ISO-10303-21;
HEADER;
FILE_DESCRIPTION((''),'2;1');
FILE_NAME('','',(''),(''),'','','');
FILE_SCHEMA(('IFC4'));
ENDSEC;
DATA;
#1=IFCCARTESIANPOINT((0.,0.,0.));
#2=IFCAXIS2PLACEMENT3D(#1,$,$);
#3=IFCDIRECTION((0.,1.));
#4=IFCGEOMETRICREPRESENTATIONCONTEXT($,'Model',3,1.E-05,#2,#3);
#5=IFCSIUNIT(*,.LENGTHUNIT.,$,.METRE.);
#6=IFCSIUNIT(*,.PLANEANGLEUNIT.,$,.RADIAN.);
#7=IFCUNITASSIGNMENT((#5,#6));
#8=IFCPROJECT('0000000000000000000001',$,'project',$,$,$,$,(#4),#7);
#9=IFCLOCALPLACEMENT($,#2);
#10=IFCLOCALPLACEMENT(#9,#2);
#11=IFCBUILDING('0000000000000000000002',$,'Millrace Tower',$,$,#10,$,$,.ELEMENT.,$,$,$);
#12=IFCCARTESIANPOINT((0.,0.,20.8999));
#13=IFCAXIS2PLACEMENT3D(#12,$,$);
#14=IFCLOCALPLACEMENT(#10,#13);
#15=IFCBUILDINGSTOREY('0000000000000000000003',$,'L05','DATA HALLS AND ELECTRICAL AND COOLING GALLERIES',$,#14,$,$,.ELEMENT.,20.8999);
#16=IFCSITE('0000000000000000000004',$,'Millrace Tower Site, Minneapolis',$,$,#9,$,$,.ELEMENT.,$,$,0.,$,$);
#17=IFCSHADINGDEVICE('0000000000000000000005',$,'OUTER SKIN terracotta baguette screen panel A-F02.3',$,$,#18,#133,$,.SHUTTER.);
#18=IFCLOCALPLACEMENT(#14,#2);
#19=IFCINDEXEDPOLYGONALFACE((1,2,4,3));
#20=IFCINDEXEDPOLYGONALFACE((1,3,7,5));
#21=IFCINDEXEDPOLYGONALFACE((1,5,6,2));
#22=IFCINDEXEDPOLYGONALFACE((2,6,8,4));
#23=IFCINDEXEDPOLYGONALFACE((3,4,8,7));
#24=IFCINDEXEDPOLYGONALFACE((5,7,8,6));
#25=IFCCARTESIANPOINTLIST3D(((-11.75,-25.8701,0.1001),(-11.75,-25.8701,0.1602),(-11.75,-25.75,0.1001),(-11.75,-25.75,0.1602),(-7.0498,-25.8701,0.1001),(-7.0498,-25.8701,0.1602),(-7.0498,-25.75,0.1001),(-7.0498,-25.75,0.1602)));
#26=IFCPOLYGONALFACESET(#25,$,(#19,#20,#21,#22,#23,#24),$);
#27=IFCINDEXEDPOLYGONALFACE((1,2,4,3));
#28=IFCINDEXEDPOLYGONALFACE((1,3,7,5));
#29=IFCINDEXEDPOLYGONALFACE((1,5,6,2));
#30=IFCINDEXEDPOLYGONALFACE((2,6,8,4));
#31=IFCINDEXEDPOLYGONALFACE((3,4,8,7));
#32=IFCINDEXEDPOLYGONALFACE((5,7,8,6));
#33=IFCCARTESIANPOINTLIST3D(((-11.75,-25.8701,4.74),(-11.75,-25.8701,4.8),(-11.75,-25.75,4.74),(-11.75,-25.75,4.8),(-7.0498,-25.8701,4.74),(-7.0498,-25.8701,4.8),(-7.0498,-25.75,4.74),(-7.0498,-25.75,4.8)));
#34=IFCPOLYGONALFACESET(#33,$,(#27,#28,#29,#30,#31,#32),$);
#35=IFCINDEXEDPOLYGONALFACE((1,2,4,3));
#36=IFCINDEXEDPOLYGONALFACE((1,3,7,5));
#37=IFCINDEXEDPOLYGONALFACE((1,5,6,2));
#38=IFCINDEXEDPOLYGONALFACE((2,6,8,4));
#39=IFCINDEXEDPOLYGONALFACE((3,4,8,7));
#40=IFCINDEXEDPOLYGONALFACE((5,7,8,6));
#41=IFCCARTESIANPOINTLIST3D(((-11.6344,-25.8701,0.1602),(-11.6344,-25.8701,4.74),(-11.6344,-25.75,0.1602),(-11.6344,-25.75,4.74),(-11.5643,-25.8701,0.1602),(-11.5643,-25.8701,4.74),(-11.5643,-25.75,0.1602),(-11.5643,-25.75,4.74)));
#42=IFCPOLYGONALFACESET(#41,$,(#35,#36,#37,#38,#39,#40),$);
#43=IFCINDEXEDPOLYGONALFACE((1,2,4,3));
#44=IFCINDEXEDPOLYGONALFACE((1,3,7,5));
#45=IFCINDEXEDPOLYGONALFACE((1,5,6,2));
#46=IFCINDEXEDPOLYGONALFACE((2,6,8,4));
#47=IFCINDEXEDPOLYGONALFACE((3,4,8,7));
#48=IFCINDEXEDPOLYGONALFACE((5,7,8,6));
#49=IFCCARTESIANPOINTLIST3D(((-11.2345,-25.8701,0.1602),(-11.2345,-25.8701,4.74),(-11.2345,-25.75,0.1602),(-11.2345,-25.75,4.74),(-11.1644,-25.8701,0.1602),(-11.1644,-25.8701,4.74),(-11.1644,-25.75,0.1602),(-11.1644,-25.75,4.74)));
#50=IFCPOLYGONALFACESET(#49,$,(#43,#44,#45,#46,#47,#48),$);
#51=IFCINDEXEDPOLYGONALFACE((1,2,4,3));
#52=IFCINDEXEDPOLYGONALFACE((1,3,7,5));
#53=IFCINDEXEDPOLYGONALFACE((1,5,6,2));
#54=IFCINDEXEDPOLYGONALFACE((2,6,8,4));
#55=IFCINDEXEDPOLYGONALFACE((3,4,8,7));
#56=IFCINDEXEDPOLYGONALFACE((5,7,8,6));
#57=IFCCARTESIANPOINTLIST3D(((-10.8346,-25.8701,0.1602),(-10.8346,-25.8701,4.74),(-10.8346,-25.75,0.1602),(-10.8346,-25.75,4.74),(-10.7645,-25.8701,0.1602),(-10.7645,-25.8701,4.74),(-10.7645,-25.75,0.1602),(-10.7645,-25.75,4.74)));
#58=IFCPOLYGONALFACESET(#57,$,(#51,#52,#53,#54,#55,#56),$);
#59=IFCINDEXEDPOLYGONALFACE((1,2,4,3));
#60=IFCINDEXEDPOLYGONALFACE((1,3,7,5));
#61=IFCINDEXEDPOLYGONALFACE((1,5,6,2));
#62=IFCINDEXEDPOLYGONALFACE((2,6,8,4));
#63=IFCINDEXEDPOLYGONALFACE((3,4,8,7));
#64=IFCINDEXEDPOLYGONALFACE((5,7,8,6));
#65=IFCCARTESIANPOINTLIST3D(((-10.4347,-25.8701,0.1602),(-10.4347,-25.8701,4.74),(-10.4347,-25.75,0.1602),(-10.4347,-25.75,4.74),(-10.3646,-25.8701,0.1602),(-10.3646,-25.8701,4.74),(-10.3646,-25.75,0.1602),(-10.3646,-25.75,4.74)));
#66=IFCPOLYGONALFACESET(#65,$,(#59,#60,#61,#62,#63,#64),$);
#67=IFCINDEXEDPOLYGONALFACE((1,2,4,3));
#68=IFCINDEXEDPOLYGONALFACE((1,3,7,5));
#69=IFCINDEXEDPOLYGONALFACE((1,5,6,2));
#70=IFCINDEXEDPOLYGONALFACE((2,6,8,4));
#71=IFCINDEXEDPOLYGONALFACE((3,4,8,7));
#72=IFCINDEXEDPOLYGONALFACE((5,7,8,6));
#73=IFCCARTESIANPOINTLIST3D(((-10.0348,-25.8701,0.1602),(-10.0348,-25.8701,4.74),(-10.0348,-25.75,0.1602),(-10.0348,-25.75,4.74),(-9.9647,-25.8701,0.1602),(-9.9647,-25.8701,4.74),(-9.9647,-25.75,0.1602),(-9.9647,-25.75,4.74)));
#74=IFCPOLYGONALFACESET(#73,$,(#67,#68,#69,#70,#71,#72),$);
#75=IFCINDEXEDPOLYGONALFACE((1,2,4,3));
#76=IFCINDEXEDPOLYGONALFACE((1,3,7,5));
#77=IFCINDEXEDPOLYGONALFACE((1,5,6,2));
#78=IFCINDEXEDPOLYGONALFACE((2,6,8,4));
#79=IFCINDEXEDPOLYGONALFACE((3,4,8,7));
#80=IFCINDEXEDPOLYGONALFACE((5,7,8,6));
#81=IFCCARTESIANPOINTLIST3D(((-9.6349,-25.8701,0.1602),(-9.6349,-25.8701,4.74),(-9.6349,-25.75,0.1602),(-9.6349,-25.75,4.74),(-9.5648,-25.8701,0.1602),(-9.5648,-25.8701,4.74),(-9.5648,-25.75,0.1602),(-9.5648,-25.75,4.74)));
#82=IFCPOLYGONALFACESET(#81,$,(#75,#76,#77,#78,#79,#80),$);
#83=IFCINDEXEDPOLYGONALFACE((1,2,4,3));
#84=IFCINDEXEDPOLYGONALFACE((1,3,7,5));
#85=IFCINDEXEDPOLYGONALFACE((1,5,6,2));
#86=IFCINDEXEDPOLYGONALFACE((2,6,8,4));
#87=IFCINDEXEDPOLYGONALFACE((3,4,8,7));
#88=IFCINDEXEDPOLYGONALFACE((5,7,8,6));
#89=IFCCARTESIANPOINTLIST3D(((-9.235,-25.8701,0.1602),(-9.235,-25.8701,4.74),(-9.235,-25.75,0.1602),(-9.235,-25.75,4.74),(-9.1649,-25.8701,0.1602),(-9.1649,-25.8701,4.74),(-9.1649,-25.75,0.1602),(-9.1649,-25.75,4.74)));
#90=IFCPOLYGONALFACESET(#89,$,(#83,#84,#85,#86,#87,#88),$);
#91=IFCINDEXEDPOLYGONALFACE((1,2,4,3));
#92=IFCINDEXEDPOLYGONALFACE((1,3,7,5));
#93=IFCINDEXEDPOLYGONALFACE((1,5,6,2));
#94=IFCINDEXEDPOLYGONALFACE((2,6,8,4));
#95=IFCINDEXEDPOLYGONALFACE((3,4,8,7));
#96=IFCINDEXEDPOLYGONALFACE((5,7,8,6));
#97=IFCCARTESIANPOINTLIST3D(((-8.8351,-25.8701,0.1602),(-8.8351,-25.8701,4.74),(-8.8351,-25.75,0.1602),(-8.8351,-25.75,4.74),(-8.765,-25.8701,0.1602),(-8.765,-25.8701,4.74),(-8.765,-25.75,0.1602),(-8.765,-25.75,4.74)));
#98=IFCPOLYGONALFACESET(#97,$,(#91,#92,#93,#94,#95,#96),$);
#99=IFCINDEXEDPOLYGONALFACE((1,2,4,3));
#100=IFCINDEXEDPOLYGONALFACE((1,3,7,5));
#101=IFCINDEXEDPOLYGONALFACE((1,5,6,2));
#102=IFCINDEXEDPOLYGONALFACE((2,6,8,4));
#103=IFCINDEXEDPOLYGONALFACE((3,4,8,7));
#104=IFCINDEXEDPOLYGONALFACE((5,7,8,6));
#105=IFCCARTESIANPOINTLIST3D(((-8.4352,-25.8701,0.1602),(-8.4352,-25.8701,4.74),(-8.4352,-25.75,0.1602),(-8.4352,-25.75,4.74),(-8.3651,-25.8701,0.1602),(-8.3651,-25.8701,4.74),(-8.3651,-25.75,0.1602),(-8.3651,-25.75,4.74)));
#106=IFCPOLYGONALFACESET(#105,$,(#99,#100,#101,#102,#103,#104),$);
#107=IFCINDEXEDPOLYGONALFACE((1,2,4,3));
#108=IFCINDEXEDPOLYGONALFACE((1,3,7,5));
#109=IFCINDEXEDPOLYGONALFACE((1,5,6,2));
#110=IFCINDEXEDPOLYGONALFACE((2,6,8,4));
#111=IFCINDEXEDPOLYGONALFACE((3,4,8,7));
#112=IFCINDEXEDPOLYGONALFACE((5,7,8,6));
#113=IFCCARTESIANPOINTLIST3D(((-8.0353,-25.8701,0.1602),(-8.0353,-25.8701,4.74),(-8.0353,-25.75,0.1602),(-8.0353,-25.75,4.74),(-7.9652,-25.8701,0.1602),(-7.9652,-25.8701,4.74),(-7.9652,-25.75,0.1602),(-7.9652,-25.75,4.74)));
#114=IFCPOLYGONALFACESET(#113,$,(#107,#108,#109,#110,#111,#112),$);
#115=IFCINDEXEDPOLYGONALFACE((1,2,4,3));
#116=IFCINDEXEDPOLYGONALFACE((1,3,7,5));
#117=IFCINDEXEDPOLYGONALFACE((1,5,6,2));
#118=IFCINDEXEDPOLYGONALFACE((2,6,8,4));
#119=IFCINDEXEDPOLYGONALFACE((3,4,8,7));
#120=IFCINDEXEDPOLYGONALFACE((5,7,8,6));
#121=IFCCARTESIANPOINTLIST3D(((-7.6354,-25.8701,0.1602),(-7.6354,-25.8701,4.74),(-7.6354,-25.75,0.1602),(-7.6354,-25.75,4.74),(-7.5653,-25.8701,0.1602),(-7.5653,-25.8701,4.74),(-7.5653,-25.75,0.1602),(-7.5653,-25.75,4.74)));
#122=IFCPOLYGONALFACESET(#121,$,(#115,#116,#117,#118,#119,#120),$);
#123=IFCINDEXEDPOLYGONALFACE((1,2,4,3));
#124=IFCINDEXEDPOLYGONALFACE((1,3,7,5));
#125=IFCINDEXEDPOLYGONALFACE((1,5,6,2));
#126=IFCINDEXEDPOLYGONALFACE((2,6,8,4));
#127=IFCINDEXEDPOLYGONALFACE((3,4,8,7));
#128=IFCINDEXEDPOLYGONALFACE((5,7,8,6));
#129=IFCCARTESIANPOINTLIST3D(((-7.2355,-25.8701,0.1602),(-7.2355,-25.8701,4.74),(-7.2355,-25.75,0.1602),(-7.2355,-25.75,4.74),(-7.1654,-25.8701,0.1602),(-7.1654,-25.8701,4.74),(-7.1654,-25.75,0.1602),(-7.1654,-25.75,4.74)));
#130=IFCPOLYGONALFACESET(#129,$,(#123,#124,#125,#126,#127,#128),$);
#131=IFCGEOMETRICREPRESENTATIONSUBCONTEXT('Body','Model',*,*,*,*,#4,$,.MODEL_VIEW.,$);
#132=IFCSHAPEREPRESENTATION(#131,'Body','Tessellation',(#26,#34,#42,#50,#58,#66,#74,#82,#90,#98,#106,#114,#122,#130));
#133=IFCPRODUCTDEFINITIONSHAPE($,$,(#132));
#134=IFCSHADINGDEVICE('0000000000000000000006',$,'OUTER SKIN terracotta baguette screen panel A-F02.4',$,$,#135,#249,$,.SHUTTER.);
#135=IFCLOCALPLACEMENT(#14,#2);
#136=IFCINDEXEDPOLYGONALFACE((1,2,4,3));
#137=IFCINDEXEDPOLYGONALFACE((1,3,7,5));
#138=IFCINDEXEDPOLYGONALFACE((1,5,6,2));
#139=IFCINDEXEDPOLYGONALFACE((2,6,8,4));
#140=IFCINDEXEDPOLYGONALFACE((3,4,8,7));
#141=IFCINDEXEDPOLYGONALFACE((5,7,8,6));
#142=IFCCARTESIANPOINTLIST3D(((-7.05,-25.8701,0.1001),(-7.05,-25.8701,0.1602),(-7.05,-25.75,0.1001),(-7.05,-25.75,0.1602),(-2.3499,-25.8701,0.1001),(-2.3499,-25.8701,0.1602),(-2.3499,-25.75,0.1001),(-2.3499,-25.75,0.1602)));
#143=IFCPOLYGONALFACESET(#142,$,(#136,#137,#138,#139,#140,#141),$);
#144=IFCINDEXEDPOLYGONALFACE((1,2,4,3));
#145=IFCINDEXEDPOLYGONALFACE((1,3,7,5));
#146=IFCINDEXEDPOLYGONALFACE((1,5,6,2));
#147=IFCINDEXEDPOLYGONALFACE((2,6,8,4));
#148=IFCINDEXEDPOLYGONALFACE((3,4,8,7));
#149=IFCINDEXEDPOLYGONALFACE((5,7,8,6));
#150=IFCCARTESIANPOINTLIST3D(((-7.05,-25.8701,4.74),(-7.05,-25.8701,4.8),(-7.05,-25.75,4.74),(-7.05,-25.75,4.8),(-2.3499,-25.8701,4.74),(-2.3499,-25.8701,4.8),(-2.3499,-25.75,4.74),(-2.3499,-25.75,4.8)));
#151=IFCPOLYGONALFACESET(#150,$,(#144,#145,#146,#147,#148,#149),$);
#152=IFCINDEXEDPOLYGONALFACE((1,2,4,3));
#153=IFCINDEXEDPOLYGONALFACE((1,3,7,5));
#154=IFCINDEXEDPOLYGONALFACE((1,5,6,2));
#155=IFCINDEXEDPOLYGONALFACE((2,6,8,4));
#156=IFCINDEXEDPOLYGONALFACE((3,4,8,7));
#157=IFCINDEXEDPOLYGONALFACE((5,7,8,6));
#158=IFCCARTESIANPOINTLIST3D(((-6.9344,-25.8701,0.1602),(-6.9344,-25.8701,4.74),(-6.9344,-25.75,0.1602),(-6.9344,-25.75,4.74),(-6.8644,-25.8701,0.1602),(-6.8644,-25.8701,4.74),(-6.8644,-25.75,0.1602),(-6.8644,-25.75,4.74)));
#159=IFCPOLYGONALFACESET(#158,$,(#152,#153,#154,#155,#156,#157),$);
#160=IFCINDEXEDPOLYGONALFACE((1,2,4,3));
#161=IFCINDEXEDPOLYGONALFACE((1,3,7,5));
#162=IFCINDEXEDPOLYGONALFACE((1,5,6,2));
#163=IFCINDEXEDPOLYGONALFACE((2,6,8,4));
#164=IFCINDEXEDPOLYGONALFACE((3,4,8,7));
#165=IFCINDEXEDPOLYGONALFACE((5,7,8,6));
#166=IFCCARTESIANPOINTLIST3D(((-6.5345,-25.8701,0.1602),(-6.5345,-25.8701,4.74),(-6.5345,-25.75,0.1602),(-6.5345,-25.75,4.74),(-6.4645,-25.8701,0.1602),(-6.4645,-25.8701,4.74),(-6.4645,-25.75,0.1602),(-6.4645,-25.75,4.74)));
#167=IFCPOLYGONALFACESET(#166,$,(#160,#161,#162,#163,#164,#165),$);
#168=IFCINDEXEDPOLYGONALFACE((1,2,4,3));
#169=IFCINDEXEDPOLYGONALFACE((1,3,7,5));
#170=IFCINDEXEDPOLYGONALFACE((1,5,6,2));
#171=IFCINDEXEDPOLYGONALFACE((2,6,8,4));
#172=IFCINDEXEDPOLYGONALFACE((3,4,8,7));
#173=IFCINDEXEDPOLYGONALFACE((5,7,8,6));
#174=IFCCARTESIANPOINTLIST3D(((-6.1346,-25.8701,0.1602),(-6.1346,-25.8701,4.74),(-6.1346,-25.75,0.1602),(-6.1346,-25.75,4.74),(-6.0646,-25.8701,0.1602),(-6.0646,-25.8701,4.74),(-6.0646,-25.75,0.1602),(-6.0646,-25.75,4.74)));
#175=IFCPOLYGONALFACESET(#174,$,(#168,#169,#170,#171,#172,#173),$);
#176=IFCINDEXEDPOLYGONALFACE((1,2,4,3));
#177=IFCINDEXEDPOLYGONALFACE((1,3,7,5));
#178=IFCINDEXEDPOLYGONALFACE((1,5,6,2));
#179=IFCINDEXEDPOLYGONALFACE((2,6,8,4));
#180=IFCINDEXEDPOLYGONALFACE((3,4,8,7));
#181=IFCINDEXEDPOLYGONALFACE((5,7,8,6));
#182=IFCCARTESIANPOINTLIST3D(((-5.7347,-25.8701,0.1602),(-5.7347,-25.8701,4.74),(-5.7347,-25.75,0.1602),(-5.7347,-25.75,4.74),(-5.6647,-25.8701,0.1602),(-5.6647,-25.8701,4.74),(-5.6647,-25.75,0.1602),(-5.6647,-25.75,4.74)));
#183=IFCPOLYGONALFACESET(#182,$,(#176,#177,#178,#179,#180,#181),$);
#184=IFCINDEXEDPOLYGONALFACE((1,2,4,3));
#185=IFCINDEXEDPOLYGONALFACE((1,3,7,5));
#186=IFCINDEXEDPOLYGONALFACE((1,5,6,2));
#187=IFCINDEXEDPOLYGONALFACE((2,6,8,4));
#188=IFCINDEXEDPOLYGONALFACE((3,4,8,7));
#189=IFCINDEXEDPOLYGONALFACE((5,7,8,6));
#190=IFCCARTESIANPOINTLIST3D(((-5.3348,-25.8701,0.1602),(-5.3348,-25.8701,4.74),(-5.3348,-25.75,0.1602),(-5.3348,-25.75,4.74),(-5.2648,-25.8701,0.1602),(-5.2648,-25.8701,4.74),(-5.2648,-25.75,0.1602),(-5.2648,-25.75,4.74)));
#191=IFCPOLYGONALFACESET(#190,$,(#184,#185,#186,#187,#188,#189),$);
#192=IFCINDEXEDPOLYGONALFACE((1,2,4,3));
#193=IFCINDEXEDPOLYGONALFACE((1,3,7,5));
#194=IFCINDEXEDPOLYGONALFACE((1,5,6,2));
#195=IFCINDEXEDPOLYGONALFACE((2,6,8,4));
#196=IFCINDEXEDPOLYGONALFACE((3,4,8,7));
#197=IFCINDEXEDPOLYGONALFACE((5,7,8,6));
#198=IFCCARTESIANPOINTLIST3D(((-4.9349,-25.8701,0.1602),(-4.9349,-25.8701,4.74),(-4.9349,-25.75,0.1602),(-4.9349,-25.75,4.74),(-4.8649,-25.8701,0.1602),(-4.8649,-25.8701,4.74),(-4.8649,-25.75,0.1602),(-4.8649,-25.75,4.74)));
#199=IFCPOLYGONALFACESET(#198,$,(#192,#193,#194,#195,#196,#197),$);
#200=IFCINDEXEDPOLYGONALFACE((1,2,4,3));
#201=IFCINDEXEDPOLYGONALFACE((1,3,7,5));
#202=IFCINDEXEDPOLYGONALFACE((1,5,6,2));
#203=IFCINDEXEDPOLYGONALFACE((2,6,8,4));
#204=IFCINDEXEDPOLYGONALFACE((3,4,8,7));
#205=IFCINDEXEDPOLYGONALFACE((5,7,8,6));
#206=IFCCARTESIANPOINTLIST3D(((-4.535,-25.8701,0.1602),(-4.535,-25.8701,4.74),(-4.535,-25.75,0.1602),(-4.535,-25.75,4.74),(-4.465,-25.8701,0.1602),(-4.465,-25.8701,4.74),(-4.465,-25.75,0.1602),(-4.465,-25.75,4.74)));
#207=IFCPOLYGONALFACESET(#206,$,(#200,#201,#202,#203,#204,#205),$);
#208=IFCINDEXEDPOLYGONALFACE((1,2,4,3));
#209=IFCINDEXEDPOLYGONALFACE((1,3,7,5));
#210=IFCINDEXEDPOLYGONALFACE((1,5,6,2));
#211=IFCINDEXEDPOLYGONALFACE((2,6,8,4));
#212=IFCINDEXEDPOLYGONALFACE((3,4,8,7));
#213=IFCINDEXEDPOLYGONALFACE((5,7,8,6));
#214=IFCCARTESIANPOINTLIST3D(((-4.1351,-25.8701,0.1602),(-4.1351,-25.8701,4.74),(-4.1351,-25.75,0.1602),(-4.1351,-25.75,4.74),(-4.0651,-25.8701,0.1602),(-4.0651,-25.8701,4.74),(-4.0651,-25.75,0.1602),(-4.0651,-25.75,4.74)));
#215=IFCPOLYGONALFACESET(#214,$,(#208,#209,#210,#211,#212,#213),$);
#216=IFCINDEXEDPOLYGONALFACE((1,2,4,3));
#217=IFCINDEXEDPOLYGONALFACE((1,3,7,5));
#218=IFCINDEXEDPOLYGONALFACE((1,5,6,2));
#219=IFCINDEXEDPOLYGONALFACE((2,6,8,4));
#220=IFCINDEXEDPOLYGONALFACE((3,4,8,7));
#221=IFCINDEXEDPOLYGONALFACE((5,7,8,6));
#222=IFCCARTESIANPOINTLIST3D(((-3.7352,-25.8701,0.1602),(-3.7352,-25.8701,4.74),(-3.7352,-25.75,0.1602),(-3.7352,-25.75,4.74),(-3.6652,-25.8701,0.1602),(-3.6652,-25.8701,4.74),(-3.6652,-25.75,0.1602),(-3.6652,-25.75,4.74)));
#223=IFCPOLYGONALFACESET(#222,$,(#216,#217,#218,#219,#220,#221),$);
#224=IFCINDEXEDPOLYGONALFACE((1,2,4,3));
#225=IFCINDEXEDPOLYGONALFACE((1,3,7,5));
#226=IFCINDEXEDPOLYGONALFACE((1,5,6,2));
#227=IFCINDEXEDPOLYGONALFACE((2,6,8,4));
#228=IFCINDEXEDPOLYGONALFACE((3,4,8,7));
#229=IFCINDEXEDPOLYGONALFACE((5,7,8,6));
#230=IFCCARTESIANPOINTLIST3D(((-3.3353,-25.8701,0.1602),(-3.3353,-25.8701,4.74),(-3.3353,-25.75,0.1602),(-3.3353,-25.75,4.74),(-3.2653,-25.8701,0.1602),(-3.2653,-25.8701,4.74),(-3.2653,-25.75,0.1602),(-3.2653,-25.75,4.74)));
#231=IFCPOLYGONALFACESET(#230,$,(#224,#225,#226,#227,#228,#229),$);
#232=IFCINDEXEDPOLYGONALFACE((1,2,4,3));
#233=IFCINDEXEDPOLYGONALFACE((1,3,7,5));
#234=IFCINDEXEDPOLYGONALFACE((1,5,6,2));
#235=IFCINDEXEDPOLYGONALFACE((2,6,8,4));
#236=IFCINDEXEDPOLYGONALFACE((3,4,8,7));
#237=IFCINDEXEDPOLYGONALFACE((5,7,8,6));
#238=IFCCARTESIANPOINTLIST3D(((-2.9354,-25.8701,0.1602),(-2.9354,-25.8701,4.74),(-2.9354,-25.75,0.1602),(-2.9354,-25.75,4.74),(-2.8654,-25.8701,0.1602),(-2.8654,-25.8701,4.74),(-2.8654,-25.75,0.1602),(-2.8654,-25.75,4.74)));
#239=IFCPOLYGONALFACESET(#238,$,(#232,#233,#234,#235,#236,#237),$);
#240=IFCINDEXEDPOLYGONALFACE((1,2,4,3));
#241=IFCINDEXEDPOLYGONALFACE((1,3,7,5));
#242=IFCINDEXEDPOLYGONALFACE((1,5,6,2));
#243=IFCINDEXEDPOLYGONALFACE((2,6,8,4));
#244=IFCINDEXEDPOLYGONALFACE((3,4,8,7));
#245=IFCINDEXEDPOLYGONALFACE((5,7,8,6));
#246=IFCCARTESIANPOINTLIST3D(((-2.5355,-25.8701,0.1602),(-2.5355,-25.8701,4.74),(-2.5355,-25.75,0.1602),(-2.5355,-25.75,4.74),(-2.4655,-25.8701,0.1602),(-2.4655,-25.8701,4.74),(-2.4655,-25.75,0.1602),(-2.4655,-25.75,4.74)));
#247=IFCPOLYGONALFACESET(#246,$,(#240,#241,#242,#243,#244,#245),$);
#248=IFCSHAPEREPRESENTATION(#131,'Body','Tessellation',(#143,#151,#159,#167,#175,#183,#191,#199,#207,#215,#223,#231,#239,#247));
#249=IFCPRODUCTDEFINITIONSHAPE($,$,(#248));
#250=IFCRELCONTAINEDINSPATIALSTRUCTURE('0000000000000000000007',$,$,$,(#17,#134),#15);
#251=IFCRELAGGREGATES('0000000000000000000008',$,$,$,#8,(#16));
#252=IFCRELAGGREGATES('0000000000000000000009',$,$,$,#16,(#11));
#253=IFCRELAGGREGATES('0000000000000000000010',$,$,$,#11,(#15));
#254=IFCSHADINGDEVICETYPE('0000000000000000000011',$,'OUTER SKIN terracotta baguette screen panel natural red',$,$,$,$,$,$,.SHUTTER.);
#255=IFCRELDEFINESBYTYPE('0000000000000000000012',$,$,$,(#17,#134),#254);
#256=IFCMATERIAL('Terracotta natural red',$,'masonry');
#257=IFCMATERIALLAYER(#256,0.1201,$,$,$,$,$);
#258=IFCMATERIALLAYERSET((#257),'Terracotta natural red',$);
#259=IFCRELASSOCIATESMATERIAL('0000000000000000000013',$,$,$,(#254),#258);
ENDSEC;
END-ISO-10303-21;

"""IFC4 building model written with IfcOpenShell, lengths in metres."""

from ifc_helpers import new_model, entity, si_unit, direction, frame, frame_2d, origin, place, context, subcontext, project, spatial, rectangle, extrude, source, transform, mapped, material, layer, layer_set, type_object, element, save


model = new_model("IFC4")

# Units and contexts
model_context = context("Model", 3, precision=1e-05, world=origin(), true_north=direction((0.0, 1.0)))
body_context = subcontext(model_context, "Body", "Model", "MODEL_VIEW")
ifc_project = project(units=[si_unit("LENGTHUNIT", "METRE"), si_unit("PLANEANGLEUNIT", "RADIAN")], contexts=[model_context])

# Site, building, storey
site_placement = place(None, origin())
site = spatial("IfcSite", under=ifc_project, at=site_placement, Name="Millrace Tower Site, Minneapolis", CompositionType="ELEMENT", RefElevation=0.0)
building_placement = place(site_placement, origin())
building = spatial("IfcBuilding", under=site, at=building_placement, Name="Millrace Tower", CompositionType="ELEMENT")
storey_placement = place(building_placement, frame((0.0, 0.0, 20.8999)))
storey = spatial("IfcBuildingStorey", under=building, at=storey_placement, Name="L05", Description="DATA HALLS AND ELECTRICAL AND COOLING GALLERIES", CompositionType="ELEMENT", Elevation=20.8999)

# Shading devices
cartesian_point = entity("IfcCartesianPoint", [-2.3501, 0.0601])
shared_polyline = entity("IfcPolyline", [cartesian_point, entity("IfcCartesianPoint", [2.3501, 0.0601]), entity("IfcCartesianPoint", [2.3501, -0.0601]), entity("IfcCartesianPoint", [-2.3501, -0.0601]), cartesian_point])
ifc_material_1 = material(Name="Terracotta natural red", Category="masonry")
ifc_layer_1 = layer(ifc_material_1, 0.1201)
ifc_layer_set_1 = layer_set([ifc_layer_1], Name="Terracotta natural red")
shading_device_type_1 = type_object("IfcShadingDeviceType", Name="OUTER SKIN terracotta baguette screen panel natural red", PredefinedType="SHUTTER", material=ifc_layer_set_1)
shared_shape_1 = source(origin(), body_context, "Body", "SweptSolid", [
    entity("IfcExtrudedAreaSolid", entity("IfcArbitraryClosedProfileDef", "AREA", None, shared_polyline), entity("IfcAxis2Placement3D", entity("IfcCartesianPoint", [0.0, 0.0, 0.0])), entity("IfcDirection", [0.0, 0.0, 1.0]), 0.0601),
    entity("IfcExtrudedAreaSolid", entity("IfcArbitraryClosedProfileDef", "AREA", None, shared_polyline), entity("IfcAxis2Placement3D", entity("IfcCartesianPoint", [0.0, 0.0, 4.6399])), entity("IfcDirection", [0.0, 0.0, 1.0]), 0.0601),
    extrude(rectangle(XDim=0.0701, YDim=0.1201, at=frame_2d((-2.1995, 0.0))), frame((0.0, 0.0, 0.0601)), (0.0, 0.0, 1.0), 4.5798),
    extrude(rectangle(XDim=0.0701, YDim=0.1201, at=frame_2d((-1.7996, 0.0))), frame((0.0, 0.0, 0.0601)), (0.0, 0.0, 1.0), 4.5798),
    extrude(rectangle(XDim=0.0701, YDim=0.1201, at=frame_2d((-1.3997, 0.0))), frame((0.0, 0.0, 0.0601)), (0.0, 0.0, 1.0), 4.5798),
    extrude(rectangle(XDim=0.0701, YDim=0.1201, at=frame_2d((-0.9998, 0.0))), frame((0.0, 0.0, 0.0601)), (0.0, 0.0, 1.0), 4.5798),
    extrude(rectangle(XDim=0.0701, YDim=0.1201, at=frame_2d((-0.5999, 0.0))), frame((0.0, 0.0, 0.0601)), (0.0, 0.0, 1.0), 4.5798),
    extrude(rectangle(XDim=0.0701, YDim=0.1201, at=frame_2d((-0.2, 0.0))), frame((0.0, 0.0, 0.0601)), (0.0, 0.0, 1.0), 4.5798),
    extrude(rectangle(XDim=0.0701, YDim=0.1201, at=frame_2d((0.2, 0.0))), frame((0.0, 0.0, 0.0601)), (0.0, 0.0, 1.0), 4.5798),
    extrude(rectangle(XDim=0.0701, YDim=0.1201, at=frame_2d((0.5999, 0.0))), frame((0.0, 0.0, 0.0601)), (0.0, 0.0, 1.0), 4.5798),
    extrude(rectangle(XDim=0.0701, YDim=0.1201, at=frame_2d((0.9998, 0.0))), frame((0.0, 0.0, 0.0601)), (0.0, 0.0, 1.0), 4.5798),
    extrude(rectangle(XDim=0.0701, YDim=0.1201, at=frame_2d((1.3997, 0.0))), frame((0.0, 0.0, 0.0601)), (0.0, 0.0, 1.0), 4.5798),
    extrude(rectangle(XDim=0.0701, YDim=0.1201, at=frame_2d((1.7996, 0.0))), frame((0.0, 0.0, 0.0601)), (0.0, 0.0, 1.0), 4.5798),
    extrude(rectangle(XDim=0.0701, YDim=0.1201, at=frame_2d((2.1995, 0.0))), frame((0.0, 0.0, 0.0601)), (0.0, 0.0, 1.0), 4.5798),
])
for number, where, z_axis, x_axis, name in (
    (1, (-9.3999, -25.8101, 0.1001), (0.0, 0.0, 1.0), (1.0, 0.0, 0.0), "OUTER SKIN terracotta baguette screen panel A-F02.3"),
    (2, (-4.7, -25.8101, 0.1001), (0.0, 0.0, 1.0), (1.0, 0.0, 0.0), "OUTER SKIN terracotta baguette screen panel A-F02.4"),
):
    element("IfcShadingDevice", number, at=place(storey_placement, frame(where, z_axis=z_axis, x_axis=x_axis)), inside=storey, type_object=shading_device_type_1, Name=name, PredefinedType="SHUTTER", context=body_context, shape_type="MappedRepresentation", body=[
        mapped(shared_shape_1, transform((0.0, 0.0, 0.0), scale=1.0)),
    ])

save(model, "model.ifc")
